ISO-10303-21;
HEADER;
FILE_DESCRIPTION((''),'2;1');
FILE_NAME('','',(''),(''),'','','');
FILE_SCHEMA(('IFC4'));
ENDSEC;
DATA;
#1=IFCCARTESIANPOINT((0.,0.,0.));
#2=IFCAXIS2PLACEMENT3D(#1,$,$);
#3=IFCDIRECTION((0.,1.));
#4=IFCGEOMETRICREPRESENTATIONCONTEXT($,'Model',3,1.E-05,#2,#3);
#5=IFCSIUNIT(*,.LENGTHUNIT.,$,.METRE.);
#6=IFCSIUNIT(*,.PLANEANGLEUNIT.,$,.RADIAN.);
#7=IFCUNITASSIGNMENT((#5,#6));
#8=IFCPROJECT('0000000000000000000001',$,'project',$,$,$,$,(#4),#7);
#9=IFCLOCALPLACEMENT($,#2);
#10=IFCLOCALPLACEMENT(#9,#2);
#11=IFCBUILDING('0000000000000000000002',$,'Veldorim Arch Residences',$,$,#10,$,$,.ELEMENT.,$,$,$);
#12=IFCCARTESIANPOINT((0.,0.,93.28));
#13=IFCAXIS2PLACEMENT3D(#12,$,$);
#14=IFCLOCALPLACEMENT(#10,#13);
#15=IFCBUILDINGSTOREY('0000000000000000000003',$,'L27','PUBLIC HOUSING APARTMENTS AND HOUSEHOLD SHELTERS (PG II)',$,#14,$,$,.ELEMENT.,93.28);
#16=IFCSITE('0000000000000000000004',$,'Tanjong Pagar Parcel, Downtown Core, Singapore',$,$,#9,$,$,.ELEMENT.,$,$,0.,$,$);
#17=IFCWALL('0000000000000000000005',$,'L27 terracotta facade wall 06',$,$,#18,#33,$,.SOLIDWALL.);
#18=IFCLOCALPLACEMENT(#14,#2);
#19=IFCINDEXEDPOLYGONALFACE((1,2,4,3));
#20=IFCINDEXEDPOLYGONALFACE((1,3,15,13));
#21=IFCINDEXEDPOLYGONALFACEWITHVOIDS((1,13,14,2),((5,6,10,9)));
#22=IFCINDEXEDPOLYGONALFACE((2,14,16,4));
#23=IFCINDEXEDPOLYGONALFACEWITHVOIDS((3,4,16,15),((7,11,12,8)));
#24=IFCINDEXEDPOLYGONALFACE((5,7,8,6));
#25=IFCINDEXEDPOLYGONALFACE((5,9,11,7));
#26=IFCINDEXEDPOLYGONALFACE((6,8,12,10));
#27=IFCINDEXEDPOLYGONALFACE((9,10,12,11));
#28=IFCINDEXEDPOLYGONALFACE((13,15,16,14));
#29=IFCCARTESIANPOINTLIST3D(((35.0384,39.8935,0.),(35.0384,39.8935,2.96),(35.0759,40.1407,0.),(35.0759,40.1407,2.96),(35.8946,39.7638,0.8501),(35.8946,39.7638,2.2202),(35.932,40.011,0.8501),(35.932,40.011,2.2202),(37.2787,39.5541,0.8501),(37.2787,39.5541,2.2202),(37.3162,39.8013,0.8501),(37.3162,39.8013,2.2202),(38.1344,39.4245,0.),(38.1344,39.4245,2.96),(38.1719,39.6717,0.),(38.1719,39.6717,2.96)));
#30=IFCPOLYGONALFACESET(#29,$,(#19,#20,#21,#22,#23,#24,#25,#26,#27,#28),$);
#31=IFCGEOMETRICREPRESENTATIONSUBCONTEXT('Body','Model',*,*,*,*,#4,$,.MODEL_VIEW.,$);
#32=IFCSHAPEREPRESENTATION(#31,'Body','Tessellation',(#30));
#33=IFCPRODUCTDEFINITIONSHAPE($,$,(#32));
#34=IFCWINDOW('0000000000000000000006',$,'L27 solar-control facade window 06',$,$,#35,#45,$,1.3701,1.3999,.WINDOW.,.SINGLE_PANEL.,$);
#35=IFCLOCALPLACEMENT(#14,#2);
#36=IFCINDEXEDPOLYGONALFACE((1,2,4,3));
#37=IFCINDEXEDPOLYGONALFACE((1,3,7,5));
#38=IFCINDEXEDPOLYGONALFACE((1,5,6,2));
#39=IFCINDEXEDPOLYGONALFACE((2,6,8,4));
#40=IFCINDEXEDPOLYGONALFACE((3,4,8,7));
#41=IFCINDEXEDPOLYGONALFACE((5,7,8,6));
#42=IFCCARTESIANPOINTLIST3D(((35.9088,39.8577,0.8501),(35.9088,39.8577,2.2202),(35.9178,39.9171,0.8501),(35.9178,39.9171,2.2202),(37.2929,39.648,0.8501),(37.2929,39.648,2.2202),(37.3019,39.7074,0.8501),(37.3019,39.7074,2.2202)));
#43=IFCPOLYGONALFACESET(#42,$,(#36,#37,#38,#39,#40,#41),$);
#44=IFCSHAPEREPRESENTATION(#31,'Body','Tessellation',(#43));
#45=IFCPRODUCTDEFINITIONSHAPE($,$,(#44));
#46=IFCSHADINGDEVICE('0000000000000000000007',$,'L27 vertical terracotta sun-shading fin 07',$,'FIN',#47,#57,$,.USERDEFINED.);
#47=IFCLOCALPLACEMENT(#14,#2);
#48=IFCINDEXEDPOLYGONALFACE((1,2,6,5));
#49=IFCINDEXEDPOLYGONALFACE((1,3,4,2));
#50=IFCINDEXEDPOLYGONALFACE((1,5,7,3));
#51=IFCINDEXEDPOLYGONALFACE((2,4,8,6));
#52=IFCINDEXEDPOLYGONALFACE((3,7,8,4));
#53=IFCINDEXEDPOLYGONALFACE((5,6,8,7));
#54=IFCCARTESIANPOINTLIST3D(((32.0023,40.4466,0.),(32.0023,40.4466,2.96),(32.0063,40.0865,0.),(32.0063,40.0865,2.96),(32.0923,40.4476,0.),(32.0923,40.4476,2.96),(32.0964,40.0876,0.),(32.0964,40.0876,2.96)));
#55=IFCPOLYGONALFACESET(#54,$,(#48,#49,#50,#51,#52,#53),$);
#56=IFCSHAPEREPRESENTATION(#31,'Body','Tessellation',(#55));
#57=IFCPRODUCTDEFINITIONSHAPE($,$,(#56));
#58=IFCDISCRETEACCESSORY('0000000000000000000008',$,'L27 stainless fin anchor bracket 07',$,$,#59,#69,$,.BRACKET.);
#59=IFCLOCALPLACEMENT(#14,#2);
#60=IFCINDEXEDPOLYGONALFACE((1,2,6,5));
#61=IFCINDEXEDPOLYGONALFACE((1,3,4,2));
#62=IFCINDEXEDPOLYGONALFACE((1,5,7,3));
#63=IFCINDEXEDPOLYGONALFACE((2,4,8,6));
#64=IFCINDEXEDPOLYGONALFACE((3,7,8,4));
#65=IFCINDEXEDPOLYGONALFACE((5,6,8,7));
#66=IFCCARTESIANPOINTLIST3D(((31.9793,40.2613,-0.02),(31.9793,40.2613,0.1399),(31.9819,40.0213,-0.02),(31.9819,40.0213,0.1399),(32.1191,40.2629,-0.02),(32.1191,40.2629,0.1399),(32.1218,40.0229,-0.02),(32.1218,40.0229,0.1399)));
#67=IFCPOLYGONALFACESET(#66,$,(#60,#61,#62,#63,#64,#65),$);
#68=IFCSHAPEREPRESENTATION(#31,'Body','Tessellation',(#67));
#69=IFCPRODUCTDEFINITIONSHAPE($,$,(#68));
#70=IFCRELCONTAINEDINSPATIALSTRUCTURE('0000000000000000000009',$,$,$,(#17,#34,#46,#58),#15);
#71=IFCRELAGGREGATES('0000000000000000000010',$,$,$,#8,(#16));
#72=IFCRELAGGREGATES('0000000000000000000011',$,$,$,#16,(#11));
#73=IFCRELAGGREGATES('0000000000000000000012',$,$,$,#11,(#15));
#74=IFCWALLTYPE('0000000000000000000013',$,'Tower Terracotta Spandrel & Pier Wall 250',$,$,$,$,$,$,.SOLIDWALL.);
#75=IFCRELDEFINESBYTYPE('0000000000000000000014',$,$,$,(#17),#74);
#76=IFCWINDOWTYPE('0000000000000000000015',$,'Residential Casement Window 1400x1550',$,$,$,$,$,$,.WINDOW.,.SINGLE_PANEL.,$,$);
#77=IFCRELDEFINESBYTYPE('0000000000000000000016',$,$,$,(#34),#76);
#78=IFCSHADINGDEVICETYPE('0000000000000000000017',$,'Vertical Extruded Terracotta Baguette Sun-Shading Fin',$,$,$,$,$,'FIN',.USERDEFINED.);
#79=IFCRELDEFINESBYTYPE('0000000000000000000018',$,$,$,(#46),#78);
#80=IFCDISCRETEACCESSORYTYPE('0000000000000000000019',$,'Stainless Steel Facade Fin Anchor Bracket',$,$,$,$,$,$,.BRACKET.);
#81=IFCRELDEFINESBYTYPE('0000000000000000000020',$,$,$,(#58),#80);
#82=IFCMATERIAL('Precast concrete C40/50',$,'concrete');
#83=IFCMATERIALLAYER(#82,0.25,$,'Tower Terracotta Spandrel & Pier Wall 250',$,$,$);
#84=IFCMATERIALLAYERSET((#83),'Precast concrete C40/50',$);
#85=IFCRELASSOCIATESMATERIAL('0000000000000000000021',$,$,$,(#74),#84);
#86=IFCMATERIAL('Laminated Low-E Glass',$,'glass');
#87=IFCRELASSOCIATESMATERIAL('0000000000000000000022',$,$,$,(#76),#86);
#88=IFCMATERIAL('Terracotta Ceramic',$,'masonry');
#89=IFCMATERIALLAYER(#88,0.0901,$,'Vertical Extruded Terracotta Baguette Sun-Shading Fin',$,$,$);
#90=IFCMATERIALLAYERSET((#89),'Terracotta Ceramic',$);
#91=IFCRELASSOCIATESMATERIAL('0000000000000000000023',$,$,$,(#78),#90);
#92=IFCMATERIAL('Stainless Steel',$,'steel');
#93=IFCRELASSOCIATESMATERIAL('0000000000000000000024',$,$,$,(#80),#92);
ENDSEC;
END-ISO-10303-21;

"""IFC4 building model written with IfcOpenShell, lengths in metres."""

from ifc_helpers import new_model, si_unit, direction, frame, frame_2d, origin, origin_2d, place, context, subcontext, project, spatial, rectangle, extrude, material, layer, layer_set, type_object, element, fill, save


model = new_model("IFC4")

# Units and contexts
model_context = context("Model", 3, precision=1e-05, world=origin(), true_north=direction((0.0, 1.0)))
body_context = subcontext(model_context, "Body", "Model", "MODEL_VIEW")
ifc_project = project(units=[si_unit("LENGTHUNIT", "METRE"), si_unit("PLANEANGLEUNIT", "RADIAN")], contexts=[model_context])

# Site, building, storey
site_placement = place(None, origin())
site = spatial("IfcSite", under=ifc_project, at=site_placement, Name="Tanjong Pagar Parcel, Downtown Core, Singapore", CompositionType="ELEMENT", RefElevation=0.0)
building_placement = place(site_placement, origin())
building = spatial("IfcBuilding", under=site, at=building_placement, Name="Veldorim Arch Residences", CompositionType="ELEMENT")
storey_placement = place(building_placement, frame((0.0, 0.0, 93.28)))
storey = spatial("IfcBuildingStorey", under=building, at=storey_placement, Name="L27", Description="PUBLIC HOUSING APARTMENTS AND HOUSEHOLD SHELTERS (PG II)", CompositionType="ELEMENT", Elevation=93.28)

# Shared definitions
ifc_material_1 = material(Name="Precast concrete C40/50", Category="concrete")
ifc_layer_1 = layer(ifc_material_1, 0.25, Name="Tower Terracotta Spandrel & Pier Wall 250")
ifc_layer_set_1 = layer_set([ifc_layer_1], Name="Precast concrete C40/50")
wall_type_1 = type_object("IfcWallType", Name="Tower Terracotta Spandrel & Pier Wall 250", PredefinedType="SOLIDWALL", material=ifc_layer_set_1)

# Wall, opening, window
wall_1_placement = place(storey_placement, frame((35.0571, 40.0171, 0.0), z_axis=(0.0, 0.0, 1.0), x_axis=(0.98872, -0.149778, 0.0)))
wall_1 = element("IfcWall", 1, at=wall_1_placement, inside=storey, type_object=wall_type_1, Name="L27 terracotta facade wall 06", PredefinedType="SOLIDWALL", context=body_context, shape_type="SweptSolid", body=[
    extrude(rectangle(XDim=3.1313, YDim=0.25, at=frame_2d((1.5657, 0.0))), origin(), (0.0, 0.0, 1.0), 2.96),
])
opening_1_placement = place(wall_1_placement, frame((0.866, 0.0, 0.8501)))
opening_1 = element("IfcOpeningElement", 2, at=opening_1_placement, cuts=wall_1, PredefinedType="OPENING", context=body_context, shape_type="SweptSolid", body=[
    extrude(rectangle(XDim=1.3999, YDim=1.3701, at=frame_2d((0.7, 0.6851))), frame((0.0, 0.135, 0.0), z_axis=(0.0, -1.0, 0.0), x_axis=(1.0, 0.0, 0.0)), (0.0, 0.0, 1.0), 0.27),
])
ifc_material_2 = material(Name="Laminated Low-E Glass", Category="glass")
window_type = type_object("IfcWindowType", Name="Residential Casement Window 1400x1550", PartitioningType="SINGLE_PANEL", PredefinedType="WINDOW", material=ifc_material_2)
window_placement = place(opening_1_placement, origin())
window = element("IfcWindow", 3, at=window_placement, inside=storey, type_object=window_type, Name="L27 solar-control facade window 06", OverallHeight=1.3701, OverallWidth=1.3999, PartitioningType="SINGLE_PANEL", PredefinedType="WINDOW", context=body_context, shape_type="SweptSolid", body=[
    extrude(rectangle(XDim=1.3999, YDim=1.3701, at=frame_2d((0.7, 0.6851))), frame((0.0, 0.03, 0.0), z_axis=(0.0, -1.0, 0.0), x_axis=(1.0, 0.0, 0.0)), (0.0, 0.0, 1.0), 0.0601),
])
fill(opening_1, window)

# Shading device
ifc_material_3 = material(Name="Terracotta Ceramic", Category="masonry")
ifc_layer_2 = layer(ifc_material_3, 0.0901, Name="Vertical Extruded Terracotta Baguette Sun-Shading Fin")
ifc_layer_set_2 = layer_set([ifc_layer_2], Name="Terracotta Ceramic")
shading_device_type = type_object("IfcShadingDeviceType", Name="Vertical Extruded Terracotta Baguette Sun-Shading Fin", ElementType="FIN", PredefinedType="USERDEFINED", material=ifc_layer_set_2)
shading_device_placement = place(storey_placement, frame((32.0493, 40.2671, 0.0), z_axis=(0.0, 0.0, 1.0), x_axis=(0.999938, 0.01117, 0.0)))
element("IfcShadingDevice", 4, at=shading_device_placement, inside=storey, type_object=shading_device_type, Name="L27 vertical terracotta sun-shading fin 07", ObjectType="FIN", PredefinedType="USERDEFINED", context=body_context, shape_type="SweptSolid", body=[
    extrude(rectangle(XDim=0.0901, YDim=0.3601, at=origin_2d()), origin(), (0.0, 0.0, 1.0), 2.96),
])

# Discrete accessory
ifc_material_4 = material(Name="Stainless Steel", Category="steel")
discrete_accessory_type = type_object("IfcDiscreteAccessoryType", Name="Stainless Steel Facade Fin Anchor Bracket", PredefinedType="BRACKET", material=ifc_material_4)
discrete_accessory_placement = place(storey_placement, frame((32.0505, 40.1421, -0.02), z_axis=(0.0, 0.0, 1.0), x_axis=(0.999938, 0.01117, 0.0)))
element("IfcDiscreteAccessory", 5, at=discrete_accessory_placement, inside=storey, type_object=discrete_accessory_type, Name="L27 stainless fin anchor bracket 07", PredefinedType="BRACKET", context=body_context, shape_type="SweptSolid", body=[
    extrude(rectangle(XDim=0.1399, YDim=0.24, at=origin_2d()), origin(), (0.0, 0.0, 1.0), 0.1599),
])

save(model, "model.ifc")
